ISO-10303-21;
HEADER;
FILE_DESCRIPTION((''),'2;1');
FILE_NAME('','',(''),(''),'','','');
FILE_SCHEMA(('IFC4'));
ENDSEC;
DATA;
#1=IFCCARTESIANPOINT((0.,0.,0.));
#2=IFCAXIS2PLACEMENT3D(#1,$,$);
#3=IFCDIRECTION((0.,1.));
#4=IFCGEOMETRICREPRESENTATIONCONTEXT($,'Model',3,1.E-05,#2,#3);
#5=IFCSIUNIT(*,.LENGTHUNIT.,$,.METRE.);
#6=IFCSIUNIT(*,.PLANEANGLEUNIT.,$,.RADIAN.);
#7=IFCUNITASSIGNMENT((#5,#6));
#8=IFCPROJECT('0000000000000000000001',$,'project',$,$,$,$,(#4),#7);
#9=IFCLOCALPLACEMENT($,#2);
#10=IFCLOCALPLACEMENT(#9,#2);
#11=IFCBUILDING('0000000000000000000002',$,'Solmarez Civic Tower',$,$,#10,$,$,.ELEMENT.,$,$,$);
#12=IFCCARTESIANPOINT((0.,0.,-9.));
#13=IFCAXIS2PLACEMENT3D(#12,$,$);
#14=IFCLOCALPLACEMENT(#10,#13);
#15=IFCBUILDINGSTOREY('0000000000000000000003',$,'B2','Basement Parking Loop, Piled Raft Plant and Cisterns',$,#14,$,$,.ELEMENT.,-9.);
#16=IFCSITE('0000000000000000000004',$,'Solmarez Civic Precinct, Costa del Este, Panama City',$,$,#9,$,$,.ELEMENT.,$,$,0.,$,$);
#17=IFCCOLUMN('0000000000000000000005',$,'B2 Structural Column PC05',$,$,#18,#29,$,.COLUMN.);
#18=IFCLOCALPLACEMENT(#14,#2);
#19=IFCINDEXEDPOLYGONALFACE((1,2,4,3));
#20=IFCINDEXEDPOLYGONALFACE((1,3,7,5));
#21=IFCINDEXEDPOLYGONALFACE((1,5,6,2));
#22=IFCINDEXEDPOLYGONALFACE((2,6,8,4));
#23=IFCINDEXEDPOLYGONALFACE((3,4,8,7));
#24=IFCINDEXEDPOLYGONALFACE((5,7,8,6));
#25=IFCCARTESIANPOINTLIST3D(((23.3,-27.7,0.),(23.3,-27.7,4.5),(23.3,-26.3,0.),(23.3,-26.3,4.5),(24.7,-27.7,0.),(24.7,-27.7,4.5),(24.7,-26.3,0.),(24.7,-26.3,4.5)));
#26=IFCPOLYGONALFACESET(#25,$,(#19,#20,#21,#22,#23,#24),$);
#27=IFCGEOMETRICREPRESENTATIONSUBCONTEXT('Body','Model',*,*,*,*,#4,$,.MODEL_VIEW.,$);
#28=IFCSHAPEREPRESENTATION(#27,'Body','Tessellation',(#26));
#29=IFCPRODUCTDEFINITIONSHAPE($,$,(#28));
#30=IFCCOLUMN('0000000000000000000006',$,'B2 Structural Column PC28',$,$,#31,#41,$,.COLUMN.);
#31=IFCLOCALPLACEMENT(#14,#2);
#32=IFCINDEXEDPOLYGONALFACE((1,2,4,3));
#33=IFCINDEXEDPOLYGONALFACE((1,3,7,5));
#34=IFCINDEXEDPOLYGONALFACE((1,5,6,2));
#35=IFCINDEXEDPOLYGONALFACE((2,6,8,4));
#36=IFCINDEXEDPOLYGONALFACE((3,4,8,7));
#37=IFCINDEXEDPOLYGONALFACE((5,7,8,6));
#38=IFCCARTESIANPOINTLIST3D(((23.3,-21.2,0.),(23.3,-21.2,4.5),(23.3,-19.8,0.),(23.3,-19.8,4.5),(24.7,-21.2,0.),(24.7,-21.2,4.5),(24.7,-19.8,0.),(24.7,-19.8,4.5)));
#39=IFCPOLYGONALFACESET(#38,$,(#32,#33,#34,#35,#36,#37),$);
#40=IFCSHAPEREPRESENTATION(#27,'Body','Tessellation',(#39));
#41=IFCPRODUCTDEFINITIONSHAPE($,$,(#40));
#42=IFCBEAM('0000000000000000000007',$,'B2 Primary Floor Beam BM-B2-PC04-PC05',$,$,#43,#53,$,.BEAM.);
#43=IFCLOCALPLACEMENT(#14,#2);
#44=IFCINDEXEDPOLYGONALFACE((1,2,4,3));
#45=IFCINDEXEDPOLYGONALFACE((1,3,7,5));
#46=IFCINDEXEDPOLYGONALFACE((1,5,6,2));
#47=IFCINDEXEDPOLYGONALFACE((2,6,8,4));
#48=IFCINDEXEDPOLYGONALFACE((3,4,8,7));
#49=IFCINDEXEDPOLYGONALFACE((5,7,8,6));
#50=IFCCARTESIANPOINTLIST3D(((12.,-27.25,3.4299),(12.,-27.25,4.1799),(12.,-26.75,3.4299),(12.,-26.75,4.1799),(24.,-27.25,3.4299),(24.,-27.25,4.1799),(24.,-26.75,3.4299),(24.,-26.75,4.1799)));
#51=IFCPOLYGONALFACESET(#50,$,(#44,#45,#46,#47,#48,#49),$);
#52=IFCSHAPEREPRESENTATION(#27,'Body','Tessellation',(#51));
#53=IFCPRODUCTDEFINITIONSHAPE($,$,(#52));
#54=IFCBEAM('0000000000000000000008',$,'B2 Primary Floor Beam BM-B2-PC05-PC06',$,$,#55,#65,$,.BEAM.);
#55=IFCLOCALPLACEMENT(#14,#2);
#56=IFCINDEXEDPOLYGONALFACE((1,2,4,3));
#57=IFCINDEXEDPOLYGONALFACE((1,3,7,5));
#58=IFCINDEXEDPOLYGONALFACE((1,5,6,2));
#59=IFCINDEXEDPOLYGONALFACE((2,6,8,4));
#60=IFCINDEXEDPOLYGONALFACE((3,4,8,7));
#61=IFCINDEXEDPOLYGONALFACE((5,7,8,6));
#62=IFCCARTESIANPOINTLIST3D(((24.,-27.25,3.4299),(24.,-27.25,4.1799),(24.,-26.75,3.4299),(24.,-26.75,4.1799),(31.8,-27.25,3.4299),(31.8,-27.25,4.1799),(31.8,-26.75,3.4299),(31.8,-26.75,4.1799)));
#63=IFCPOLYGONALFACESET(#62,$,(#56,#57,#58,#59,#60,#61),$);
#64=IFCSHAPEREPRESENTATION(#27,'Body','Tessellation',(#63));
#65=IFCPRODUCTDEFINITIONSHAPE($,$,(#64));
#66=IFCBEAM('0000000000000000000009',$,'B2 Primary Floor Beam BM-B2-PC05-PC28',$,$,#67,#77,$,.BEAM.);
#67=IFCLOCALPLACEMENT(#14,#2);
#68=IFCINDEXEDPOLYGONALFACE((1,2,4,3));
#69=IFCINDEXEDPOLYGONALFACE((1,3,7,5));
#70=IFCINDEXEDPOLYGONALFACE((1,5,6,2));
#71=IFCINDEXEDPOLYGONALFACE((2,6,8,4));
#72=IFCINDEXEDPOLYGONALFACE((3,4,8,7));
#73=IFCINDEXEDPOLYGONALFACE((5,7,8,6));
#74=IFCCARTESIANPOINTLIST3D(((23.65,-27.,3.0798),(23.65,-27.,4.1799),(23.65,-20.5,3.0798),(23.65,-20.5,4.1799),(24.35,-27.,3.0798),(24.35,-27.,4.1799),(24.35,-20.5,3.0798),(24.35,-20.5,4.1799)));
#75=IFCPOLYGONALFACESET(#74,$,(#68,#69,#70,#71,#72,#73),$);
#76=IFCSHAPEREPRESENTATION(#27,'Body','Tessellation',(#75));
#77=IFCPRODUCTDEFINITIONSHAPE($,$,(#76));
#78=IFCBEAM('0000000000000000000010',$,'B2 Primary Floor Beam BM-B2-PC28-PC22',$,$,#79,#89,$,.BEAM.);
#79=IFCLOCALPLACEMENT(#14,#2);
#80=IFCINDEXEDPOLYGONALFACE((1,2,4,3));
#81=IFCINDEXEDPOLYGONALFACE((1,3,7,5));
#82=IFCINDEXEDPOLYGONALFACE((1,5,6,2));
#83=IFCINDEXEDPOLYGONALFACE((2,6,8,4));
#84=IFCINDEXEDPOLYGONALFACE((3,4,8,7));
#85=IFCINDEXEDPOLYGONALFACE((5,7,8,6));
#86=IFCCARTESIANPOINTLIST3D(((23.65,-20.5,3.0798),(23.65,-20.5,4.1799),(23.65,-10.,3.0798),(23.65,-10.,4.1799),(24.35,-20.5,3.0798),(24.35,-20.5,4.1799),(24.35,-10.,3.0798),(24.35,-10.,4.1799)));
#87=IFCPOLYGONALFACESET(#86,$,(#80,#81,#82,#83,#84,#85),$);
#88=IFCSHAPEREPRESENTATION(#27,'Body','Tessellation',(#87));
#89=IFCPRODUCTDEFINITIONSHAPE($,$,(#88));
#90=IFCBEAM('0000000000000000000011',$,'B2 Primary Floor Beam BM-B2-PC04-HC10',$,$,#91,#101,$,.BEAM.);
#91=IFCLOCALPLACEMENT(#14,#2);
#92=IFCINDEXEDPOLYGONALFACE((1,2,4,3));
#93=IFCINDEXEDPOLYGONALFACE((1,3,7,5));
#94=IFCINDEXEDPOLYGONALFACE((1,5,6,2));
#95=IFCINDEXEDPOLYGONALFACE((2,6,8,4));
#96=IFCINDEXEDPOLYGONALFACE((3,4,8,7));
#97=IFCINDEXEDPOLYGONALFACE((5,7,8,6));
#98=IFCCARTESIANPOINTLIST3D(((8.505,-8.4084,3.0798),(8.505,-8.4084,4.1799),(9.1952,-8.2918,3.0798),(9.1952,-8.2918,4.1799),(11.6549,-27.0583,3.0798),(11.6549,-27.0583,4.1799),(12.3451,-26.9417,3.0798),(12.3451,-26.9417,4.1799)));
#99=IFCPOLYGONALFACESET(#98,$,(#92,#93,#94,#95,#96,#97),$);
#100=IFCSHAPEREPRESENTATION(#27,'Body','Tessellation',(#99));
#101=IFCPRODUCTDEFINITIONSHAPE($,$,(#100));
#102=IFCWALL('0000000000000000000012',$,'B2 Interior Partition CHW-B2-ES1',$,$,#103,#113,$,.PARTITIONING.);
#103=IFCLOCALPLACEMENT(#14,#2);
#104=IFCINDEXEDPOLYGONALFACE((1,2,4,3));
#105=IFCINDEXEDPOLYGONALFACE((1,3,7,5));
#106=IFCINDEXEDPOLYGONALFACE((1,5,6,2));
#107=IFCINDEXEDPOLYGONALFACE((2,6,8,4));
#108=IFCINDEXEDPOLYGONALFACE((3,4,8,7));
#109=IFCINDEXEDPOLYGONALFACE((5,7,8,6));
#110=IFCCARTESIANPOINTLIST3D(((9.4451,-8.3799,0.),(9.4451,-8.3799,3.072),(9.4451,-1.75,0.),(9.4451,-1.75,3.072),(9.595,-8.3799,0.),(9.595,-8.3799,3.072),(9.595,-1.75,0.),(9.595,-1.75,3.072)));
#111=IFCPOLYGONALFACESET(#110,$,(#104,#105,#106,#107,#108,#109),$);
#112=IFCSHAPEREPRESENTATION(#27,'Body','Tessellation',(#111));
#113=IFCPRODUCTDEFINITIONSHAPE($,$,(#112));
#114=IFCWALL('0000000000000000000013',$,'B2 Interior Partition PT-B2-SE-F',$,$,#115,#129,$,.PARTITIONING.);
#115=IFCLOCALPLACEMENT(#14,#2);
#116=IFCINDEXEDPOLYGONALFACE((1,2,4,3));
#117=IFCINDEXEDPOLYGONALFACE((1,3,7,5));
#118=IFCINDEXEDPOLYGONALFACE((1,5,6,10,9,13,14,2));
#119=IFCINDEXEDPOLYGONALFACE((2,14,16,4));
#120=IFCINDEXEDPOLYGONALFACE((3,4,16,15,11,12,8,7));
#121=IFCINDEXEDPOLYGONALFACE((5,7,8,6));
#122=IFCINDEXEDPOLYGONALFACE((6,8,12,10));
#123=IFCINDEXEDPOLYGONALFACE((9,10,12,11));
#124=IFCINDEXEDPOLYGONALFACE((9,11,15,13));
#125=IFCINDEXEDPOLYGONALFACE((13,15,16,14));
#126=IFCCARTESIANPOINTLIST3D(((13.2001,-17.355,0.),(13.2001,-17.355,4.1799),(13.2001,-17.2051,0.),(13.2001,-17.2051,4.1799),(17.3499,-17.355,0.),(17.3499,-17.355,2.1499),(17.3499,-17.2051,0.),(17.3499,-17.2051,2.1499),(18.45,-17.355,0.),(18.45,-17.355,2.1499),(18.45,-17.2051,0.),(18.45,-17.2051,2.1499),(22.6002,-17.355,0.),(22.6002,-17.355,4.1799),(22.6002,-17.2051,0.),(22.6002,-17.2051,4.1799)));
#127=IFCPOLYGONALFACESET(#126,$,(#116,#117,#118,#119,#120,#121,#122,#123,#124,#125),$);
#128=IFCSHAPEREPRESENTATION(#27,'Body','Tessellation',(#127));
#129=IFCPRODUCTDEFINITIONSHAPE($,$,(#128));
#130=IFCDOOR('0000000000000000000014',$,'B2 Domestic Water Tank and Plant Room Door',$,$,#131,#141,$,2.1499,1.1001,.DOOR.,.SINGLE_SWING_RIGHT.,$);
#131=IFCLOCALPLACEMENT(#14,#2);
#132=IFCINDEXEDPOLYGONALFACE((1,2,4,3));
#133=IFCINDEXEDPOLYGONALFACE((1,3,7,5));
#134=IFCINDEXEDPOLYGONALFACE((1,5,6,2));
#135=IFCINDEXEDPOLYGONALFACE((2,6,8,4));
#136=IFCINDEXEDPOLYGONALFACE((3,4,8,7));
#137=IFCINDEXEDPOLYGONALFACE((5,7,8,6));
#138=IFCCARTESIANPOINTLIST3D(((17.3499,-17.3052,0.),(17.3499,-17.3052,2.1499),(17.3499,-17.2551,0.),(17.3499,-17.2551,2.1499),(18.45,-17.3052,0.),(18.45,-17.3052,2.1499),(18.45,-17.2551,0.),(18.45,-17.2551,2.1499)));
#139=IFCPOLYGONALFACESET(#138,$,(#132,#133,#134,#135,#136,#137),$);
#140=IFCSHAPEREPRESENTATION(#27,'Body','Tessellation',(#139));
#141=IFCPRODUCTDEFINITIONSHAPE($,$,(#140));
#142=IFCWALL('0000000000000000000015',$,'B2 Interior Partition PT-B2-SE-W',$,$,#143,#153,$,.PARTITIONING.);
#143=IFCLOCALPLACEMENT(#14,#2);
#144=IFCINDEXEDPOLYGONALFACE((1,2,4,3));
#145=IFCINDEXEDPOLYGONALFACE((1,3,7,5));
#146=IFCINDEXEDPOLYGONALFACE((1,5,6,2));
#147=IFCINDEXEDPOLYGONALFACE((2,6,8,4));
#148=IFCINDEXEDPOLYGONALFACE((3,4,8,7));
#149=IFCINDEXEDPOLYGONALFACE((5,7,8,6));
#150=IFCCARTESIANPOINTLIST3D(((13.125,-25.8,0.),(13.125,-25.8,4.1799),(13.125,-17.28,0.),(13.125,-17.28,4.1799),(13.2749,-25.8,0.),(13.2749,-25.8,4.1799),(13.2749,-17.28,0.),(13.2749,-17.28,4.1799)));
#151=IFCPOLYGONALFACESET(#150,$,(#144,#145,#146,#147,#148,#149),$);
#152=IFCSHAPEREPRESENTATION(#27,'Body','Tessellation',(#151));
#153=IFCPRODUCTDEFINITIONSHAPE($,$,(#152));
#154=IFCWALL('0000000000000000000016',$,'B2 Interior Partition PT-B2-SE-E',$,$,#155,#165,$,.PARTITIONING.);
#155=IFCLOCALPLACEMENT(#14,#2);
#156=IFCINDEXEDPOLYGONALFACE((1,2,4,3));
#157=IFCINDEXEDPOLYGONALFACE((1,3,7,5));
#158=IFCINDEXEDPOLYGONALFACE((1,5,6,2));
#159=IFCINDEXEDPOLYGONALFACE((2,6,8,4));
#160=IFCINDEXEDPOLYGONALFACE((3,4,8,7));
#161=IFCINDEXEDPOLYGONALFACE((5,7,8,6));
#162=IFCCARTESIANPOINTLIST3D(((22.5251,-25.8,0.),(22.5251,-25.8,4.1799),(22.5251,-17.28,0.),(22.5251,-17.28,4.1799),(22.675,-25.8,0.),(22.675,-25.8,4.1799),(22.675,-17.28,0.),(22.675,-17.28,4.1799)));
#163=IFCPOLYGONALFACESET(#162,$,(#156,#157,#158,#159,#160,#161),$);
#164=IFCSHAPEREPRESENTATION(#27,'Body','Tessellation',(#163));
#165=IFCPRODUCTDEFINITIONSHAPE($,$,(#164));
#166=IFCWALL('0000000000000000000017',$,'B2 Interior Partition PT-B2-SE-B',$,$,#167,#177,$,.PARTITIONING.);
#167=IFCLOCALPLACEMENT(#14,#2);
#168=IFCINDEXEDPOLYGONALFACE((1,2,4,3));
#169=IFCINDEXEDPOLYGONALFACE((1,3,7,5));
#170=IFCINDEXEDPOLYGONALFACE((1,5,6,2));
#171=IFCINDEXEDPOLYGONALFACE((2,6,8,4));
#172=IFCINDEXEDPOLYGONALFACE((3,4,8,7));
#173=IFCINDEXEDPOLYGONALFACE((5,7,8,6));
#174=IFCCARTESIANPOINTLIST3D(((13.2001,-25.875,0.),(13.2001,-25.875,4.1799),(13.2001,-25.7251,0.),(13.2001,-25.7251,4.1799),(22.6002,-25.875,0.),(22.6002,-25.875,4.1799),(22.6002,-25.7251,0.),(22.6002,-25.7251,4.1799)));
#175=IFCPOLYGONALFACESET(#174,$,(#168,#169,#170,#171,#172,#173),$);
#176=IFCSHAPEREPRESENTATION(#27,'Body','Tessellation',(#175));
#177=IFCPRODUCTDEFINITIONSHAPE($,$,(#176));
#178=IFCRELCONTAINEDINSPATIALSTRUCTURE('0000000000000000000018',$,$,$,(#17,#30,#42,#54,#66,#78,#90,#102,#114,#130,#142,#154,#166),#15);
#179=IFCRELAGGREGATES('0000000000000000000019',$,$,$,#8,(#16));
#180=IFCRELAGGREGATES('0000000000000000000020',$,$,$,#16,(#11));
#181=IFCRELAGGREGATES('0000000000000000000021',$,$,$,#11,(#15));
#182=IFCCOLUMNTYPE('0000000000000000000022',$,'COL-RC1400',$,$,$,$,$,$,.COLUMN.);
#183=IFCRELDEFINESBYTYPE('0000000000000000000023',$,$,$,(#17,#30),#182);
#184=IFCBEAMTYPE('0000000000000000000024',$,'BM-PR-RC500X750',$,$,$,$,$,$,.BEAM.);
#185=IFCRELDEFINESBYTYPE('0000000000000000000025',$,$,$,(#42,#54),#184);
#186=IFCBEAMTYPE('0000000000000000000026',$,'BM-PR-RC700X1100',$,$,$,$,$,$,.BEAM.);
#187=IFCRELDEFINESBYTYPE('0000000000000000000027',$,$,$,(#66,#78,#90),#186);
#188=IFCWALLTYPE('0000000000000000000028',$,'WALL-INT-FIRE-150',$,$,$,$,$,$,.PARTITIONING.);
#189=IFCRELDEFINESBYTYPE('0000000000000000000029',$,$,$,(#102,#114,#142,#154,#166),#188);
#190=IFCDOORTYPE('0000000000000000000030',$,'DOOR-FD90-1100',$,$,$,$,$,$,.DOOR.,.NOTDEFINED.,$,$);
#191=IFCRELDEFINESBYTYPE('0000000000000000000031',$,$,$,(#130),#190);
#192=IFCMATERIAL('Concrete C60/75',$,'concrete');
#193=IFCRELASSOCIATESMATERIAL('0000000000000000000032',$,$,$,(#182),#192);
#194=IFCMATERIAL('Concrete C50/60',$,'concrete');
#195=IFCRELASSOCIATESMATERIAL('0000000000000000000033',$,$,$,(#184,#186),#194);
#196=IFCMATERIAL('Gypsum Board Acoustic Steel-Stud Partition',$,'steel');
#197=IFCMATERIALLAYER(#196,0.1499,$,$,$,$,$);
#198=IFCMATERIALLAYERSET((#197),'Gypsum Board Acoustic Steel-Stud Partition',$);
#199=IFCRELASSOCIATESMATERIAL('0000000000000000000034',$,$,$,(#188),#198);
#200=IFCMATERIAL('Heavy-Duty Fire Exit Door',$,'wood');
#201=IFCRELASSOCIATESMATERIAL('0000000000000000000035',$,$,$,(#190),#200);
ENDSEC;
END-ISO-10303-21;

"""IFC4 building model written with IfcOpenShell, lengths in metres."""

from ifc_helpers import new_model, si_unit, direction, frame, frame_2d, origin, origin_2d, place, context, subcontext, project, spatial, rectangle, extrude, material, layer, layer_set, material_profile, profile_set, type_object, element, fill, save


model = new_model("IFC4")

# Units and contexts
model_context = context("Model", 3, precision=1e-05, world=origin(), true_north=direction((0.0, 1.0)))
body_context = subcontext(model_context, "Body", "Model", "MODEL_VIEW")
ifc_project = project(units=[si_unit("LENGTHUNIT", "METRE"), si_unit("PLANEANGLEUNIT", "RADIAN")], contexts=[model_context])

# Site, building, storey
site_placement = place(None, origin())
site = spatial("IfcSite", under=ifc_project, at=site_placement, Name="Solmarez Civic Precinct, Costa del Este, Panama City", CompositionType="ELEMENT", RefElevation=0.0)
building_placement = place(site_placement, origin())
building = spatial("IfcBuilding", under=site, at=building_placement, Name="Solmarez Civic Tower", CompositionType="ELEMENT")
storey_placement = place(building_placement, frame((0.0, 0.0, -9.0)))
storey = spatial("IfcBuildingStorey", under=building, at=storey_placement, Name="B2", Description="Basement Parking Loop, Piled Raft Plant and Cisterns", CompositionType="ELEMENT", Elevation=-9.0)

# Columns
ifc_material_1 = material(Name="Concrete C60/75", Category="concrete")
ifc_material_profile_1 = material_profile(ifc_material_1, rectangle(XDim=1.3999, YDim=1.3999, at=origin_2d()), Name="RC1400X1400")
ifc_profile_set_1 = profile_set([ifc_material_profile_1], Name="Concrete C60/75")
column_type_1 = type_object("IfcColumnType", Name="COL-RC1400", PredefinedType="COLUMN", material=ifc_profile_set_1)
for number, where, z_axis, x_axis, name in (
    (1, (24.0, -27.0, 0.0), (0.0, 0.0, 1.0), (1.0, 0.0, 0.0), "B2 Structural Column PC05"),
    (2, (24.0, -20.5, 0.0), (0.0, 0.0, 1.0), (1.0, 0.0, 0.0), "B2 Structural Column PC28"),
):
    element("IfcColumn", number, at=place(storey_placement, frame(where, z_axis=z_axis, x_axis=x_axis)), inside=storey, type_object=column_type_1, Name=name, PredefinedType="COLUMN", context=body_context, shape_type="SweptSolid", body=[
        extrude(rectangle(XDim=1.3999, YDim=1.3999, at=origin_2d()), origin(), (0.0, 0.0, 1.0), 4.5),
    ])

# Beams
ifc_material_2 = material(Name="Concrete C50/60", Category="concrete")
ifc_material_profile_2 = material_profile(ifc_material_2, rectangle(XDim=0.5, YDim=0.75, at=origin_2d()), Name="RC500X750")
ifc_profile_set_2 = profile_set([ifc_material_profile_2], Name="Concrete C50/60")
beam_type_1 = type_object("IfcBeamType", Name="BM-PR-RC500X750", PredefinedType="BEAM", material=ifc_profile_set_2)
beam_1_placement = place(storey_placement, frame((12.0, -27.0, 3.8049), z_axis=(1.0, 0.0, 0.0), x_axis=(0.0, 1.0, 0.0)))
element("IfcBeam", 3, at=beam_1_placement, inside=storey, type_object=beam_type_1, Name="B2 Primary Floor Beam BM-B2-PC04-PC05", PredefinedType="BEAM", context=body_context, shape_type="SweptSolid", body=[
    extrude(rectangle(XDim=0.5, YDim=0.75, at=origin_2d()), origin(), (0.0, 0.0, 1.0), 12.0),
])
beam_2_placement = place(storey_placement, frame((24.0, -27.0, 3.8049), z_axis=(1.0, 0.0, 0.0), x_axis=(0.0, 1.0, 0.0)))
element("IfcBeam", 4, at=beam_2_placement, inside=storey, type_object=beam_type_1, Name="B2 Primary Floor Beam BM-B2-PC05-PC06", PredefinedType="BEAM", context=body_context, shape_type="SweptSolid", body=[
    extrude(rectangle(XDim=0.5, YDim=0.75, at=origin_2d()), origin(), (0.0, 0.0, 1.0), 7.8),
])
ifc_material_profile_3 = material_profile(ifc_material_2, rectangle(XDim=0.7, YDim=1.1001, at=origin_2d()), Name="RC700X1100")
ifc_profile_set_3 = profile_set([ifc_material_profile_3], Name="Concrete C50/60")
beam_type_2 = type_object("IfcBeamType", Name="BM-PR-RC700X1100", PredefinedType="BEAM", material=ifc_profile_set_3)
beam_3_placement = place(storey_placement, frame((24.0, -27.0, 3.6299), z_axis=(0.0, 1.0, 0.0), x_axis=(-1.0, 0.0, 0.0)))
element("IfcBeam", 5, at=beam_3_placement, inside=storey, type_object=beam_type_2, Name="B2 Primary Floor Beam BM-B2-PC05-PC28", PredefinedType="BEAM", context=body_context, shape_type="SweptSolid", body=[
    extrude(rectangle(XDim=0.7, YDim=1.1001, at=origin_2d()), origin(), (0.0, 0.0, 1.0), 6.5),
])
beam_4_placement = place(storey_placement, frame((24.0, -20.5, 3.6299), z_axis=(0.0, 1.0, 0.0), x_axis=(-1.0, 0.0, 0.0)))
element("IfcBeam", 6, at=beam_4_placement, inside=storey, type_object=beam_type_2, Name="B2 Primary Floor Beam BM-B2-PC28-PC22", PredefinedType="BEAM", context=body_context, shape_type="SweptSolid", body=[
    extrude(rectangle(XDim=0.7, YDim=1.1001, at=origin_2d()), origin(), (0.0, 0.0, 1.0), 10.5),
])
beam_5_placement = place(storey_placement, frame((12.0, -27.0, 3.6299), z_axis=(-0.166538, 0.986035, 0.0), x_axis=(-0.986035, -0.166538, 0.0)))
element("IfcBeam", 7, at=beam_5_placement, inside=storey, type_object=beam_type_2, Name="B2 Primary Floor Beam BM-B2-PC04-HC10", PredefinedType="BEAM", context=body_context, shape_type="SweptSolid", body=[
    extrude(rectangle(XDim=0.7, YDim=1.1001, at=origin_2d()), origin(), (0.0, 0.0, 1.0), 18.9141),
])

# Wall
ifc_material_3 = material(Name="Gypsum Board Acoustic Steel-Stud Partition", Category="steel")
ifc_layer = layer(ifc_material_3, 0.1499)
ifc_layer_set = layer_set([ifc_layer], Name="Gypsum Board Acoustic Steel-Stud Partition")
wall_type = type_object("IfcWallType", Name="WALL-INT-FIRE-150", PredefinedType="PARTITIONING", material=ifc_layer_set)
wall_1_placement = place(storey_placement, frame((9.52, -8.3799, 0.0), z_axis=(0.0, 0.0, 1.0), x_axis=(0.0, 1.0, 0.0)))
element("IfcWall", 8, at=wall_1_placement, inside=storey, type_object=wall_type, Name="B2 Interior Partition CHW-B2-ES1", PredefinedType="PARTITIONING", context=body_context, shape_type="SweptSolid", body=[
    extrude(rectangle(XDim=6.6299, YDim=0.1499, at=frame_2d((3.3149, 0.0))), origin(), (0.0, 0.0, 1.0), 3.072),
])

# Wall, opening, door
wall_2_placement = place(storey_placement, frame((13.2, -17.28, 0.0), z_axis=(0.0, 0.0, 1.0), x_axis=(1.0, 0.0, 0.0)))
wall_2 = element("IfcWall", 9, at=wall_2_placement, inside=storey, type_object=wall_type, Name="B2 Interior Partition PT-B2-SE-F", PredefinedType="PARTITIONING", context=body_context, shape_type="SweptSolid", body=[
    extrude(rectangle(XDim=9.4001, YDim=0.1499, at=frame_2d((4.7002, 0.0))), origin(), (0.0, 0.0, 1.0), 4.1799),
])
opening_placement = place(wall_2_placement, frame((4.1499, 0.0, 0.0)))
opening = element("IfcOpeningElement", 10, at=opening_placement, cuts=wall_2, PredefinedType="OPENING", context=body_context, shape_type="SweptSolid", body=[
    extrude(rectangle(XDim=1.1001, YDim=2.1499, at=frame_2d((0.55, 1.075))), frame((0.0, 0.085, 0.0), z_axis=(0.0, -1.0, 0.0), x_axis=(1.0, 0.0, 0.0)), (0.0, 0.0, 1.0), 0.1699),
])
ifc_material_4 = material(Name="Heavy-Duty Fire Exit Door", Category="wood")
door_type = type_object("IfcDoorType", Name="DOOR-FD90-1100", OperationType="NOTDEFINED", PredefinedType="DOOR", material=ifc_material_4)
door_placement = place(opening_placement, origin())
door = element("IfcDoor", 11, at=door_placement, inside=storey, type_object=door_type, Name="B2 Domestic Water Tank and Plant Room Door", OperationType="SINGLE_SWING_RIGHT", OverallHeight=2.1499, OverallWidth=1.1001, PredefinedType="DOOR", context=body_context, shape_type="SweptSolid", body=[
    extrude(rectangle(XDim=1.1001, YDim=2.1499, at=frame_2d((0.55, 1.075))), frame((0.0, 0.0249, 0.0), z_axis=(0.0, -1.0, 0.0), x_axis=(1.0, 0.0, 0.0)), (0.0, 0.0, 1.0), 0.05),
])
fill(opening, door)

# Walls
for number, where, z_axis, x_axis, name in (
    (12, (13.2, -25.8, 0.0), (0.0, 0.0, 1.0), (0.0, 1.0, 0.0), "B2 Interior Partition PT-B2-SE-W"),
    (13, (22.6001, -25.8, 0.0), (0.0, 0.0, 1.0), (0.0, 1.0, 0.0), "B2 Interior Partition PT-B2-SE-E"),
):
    element("IfcWall", number, at=place(storey_placement, frame(where, z_axis=z_axis, x_axis=x_axis)), inside=storey, type_object=wall_type, Name=name, PredefinedType="PARTITIONING", context=body_context, shape_type="SweptSolid", body=[
        extrude(rectangle(XDim=8.52, YDim=0.1499, at=frame_2d((4.26, 0.0))), origin(), (0.0, 0.0, 1.0), 4.1799),
    ])
wall_3_placement = place(storey_placement, frame((13.2, -25.8, 0.0), z_axis=(0.0, 0.0, 1.0), x_axis=(1.0, 0.0, 0.0)))
element("IfcWall", 14, at=wall_3_placement, inside=storey, type_object=wall_type, Name="B2 Interior Partition PT-B2-SE-B", PredefinedType="PARTITIONING", context=body_context, shape_type="SweptSolid", body=[
    extrude(rectangle(XDim=9.4001, YDim=0.1499, at=frame_2d((4.7002, 0.0))), origin(), (0.0, 0.0, 1.0), 4.1799),
])

save(model, "model.ifc")
